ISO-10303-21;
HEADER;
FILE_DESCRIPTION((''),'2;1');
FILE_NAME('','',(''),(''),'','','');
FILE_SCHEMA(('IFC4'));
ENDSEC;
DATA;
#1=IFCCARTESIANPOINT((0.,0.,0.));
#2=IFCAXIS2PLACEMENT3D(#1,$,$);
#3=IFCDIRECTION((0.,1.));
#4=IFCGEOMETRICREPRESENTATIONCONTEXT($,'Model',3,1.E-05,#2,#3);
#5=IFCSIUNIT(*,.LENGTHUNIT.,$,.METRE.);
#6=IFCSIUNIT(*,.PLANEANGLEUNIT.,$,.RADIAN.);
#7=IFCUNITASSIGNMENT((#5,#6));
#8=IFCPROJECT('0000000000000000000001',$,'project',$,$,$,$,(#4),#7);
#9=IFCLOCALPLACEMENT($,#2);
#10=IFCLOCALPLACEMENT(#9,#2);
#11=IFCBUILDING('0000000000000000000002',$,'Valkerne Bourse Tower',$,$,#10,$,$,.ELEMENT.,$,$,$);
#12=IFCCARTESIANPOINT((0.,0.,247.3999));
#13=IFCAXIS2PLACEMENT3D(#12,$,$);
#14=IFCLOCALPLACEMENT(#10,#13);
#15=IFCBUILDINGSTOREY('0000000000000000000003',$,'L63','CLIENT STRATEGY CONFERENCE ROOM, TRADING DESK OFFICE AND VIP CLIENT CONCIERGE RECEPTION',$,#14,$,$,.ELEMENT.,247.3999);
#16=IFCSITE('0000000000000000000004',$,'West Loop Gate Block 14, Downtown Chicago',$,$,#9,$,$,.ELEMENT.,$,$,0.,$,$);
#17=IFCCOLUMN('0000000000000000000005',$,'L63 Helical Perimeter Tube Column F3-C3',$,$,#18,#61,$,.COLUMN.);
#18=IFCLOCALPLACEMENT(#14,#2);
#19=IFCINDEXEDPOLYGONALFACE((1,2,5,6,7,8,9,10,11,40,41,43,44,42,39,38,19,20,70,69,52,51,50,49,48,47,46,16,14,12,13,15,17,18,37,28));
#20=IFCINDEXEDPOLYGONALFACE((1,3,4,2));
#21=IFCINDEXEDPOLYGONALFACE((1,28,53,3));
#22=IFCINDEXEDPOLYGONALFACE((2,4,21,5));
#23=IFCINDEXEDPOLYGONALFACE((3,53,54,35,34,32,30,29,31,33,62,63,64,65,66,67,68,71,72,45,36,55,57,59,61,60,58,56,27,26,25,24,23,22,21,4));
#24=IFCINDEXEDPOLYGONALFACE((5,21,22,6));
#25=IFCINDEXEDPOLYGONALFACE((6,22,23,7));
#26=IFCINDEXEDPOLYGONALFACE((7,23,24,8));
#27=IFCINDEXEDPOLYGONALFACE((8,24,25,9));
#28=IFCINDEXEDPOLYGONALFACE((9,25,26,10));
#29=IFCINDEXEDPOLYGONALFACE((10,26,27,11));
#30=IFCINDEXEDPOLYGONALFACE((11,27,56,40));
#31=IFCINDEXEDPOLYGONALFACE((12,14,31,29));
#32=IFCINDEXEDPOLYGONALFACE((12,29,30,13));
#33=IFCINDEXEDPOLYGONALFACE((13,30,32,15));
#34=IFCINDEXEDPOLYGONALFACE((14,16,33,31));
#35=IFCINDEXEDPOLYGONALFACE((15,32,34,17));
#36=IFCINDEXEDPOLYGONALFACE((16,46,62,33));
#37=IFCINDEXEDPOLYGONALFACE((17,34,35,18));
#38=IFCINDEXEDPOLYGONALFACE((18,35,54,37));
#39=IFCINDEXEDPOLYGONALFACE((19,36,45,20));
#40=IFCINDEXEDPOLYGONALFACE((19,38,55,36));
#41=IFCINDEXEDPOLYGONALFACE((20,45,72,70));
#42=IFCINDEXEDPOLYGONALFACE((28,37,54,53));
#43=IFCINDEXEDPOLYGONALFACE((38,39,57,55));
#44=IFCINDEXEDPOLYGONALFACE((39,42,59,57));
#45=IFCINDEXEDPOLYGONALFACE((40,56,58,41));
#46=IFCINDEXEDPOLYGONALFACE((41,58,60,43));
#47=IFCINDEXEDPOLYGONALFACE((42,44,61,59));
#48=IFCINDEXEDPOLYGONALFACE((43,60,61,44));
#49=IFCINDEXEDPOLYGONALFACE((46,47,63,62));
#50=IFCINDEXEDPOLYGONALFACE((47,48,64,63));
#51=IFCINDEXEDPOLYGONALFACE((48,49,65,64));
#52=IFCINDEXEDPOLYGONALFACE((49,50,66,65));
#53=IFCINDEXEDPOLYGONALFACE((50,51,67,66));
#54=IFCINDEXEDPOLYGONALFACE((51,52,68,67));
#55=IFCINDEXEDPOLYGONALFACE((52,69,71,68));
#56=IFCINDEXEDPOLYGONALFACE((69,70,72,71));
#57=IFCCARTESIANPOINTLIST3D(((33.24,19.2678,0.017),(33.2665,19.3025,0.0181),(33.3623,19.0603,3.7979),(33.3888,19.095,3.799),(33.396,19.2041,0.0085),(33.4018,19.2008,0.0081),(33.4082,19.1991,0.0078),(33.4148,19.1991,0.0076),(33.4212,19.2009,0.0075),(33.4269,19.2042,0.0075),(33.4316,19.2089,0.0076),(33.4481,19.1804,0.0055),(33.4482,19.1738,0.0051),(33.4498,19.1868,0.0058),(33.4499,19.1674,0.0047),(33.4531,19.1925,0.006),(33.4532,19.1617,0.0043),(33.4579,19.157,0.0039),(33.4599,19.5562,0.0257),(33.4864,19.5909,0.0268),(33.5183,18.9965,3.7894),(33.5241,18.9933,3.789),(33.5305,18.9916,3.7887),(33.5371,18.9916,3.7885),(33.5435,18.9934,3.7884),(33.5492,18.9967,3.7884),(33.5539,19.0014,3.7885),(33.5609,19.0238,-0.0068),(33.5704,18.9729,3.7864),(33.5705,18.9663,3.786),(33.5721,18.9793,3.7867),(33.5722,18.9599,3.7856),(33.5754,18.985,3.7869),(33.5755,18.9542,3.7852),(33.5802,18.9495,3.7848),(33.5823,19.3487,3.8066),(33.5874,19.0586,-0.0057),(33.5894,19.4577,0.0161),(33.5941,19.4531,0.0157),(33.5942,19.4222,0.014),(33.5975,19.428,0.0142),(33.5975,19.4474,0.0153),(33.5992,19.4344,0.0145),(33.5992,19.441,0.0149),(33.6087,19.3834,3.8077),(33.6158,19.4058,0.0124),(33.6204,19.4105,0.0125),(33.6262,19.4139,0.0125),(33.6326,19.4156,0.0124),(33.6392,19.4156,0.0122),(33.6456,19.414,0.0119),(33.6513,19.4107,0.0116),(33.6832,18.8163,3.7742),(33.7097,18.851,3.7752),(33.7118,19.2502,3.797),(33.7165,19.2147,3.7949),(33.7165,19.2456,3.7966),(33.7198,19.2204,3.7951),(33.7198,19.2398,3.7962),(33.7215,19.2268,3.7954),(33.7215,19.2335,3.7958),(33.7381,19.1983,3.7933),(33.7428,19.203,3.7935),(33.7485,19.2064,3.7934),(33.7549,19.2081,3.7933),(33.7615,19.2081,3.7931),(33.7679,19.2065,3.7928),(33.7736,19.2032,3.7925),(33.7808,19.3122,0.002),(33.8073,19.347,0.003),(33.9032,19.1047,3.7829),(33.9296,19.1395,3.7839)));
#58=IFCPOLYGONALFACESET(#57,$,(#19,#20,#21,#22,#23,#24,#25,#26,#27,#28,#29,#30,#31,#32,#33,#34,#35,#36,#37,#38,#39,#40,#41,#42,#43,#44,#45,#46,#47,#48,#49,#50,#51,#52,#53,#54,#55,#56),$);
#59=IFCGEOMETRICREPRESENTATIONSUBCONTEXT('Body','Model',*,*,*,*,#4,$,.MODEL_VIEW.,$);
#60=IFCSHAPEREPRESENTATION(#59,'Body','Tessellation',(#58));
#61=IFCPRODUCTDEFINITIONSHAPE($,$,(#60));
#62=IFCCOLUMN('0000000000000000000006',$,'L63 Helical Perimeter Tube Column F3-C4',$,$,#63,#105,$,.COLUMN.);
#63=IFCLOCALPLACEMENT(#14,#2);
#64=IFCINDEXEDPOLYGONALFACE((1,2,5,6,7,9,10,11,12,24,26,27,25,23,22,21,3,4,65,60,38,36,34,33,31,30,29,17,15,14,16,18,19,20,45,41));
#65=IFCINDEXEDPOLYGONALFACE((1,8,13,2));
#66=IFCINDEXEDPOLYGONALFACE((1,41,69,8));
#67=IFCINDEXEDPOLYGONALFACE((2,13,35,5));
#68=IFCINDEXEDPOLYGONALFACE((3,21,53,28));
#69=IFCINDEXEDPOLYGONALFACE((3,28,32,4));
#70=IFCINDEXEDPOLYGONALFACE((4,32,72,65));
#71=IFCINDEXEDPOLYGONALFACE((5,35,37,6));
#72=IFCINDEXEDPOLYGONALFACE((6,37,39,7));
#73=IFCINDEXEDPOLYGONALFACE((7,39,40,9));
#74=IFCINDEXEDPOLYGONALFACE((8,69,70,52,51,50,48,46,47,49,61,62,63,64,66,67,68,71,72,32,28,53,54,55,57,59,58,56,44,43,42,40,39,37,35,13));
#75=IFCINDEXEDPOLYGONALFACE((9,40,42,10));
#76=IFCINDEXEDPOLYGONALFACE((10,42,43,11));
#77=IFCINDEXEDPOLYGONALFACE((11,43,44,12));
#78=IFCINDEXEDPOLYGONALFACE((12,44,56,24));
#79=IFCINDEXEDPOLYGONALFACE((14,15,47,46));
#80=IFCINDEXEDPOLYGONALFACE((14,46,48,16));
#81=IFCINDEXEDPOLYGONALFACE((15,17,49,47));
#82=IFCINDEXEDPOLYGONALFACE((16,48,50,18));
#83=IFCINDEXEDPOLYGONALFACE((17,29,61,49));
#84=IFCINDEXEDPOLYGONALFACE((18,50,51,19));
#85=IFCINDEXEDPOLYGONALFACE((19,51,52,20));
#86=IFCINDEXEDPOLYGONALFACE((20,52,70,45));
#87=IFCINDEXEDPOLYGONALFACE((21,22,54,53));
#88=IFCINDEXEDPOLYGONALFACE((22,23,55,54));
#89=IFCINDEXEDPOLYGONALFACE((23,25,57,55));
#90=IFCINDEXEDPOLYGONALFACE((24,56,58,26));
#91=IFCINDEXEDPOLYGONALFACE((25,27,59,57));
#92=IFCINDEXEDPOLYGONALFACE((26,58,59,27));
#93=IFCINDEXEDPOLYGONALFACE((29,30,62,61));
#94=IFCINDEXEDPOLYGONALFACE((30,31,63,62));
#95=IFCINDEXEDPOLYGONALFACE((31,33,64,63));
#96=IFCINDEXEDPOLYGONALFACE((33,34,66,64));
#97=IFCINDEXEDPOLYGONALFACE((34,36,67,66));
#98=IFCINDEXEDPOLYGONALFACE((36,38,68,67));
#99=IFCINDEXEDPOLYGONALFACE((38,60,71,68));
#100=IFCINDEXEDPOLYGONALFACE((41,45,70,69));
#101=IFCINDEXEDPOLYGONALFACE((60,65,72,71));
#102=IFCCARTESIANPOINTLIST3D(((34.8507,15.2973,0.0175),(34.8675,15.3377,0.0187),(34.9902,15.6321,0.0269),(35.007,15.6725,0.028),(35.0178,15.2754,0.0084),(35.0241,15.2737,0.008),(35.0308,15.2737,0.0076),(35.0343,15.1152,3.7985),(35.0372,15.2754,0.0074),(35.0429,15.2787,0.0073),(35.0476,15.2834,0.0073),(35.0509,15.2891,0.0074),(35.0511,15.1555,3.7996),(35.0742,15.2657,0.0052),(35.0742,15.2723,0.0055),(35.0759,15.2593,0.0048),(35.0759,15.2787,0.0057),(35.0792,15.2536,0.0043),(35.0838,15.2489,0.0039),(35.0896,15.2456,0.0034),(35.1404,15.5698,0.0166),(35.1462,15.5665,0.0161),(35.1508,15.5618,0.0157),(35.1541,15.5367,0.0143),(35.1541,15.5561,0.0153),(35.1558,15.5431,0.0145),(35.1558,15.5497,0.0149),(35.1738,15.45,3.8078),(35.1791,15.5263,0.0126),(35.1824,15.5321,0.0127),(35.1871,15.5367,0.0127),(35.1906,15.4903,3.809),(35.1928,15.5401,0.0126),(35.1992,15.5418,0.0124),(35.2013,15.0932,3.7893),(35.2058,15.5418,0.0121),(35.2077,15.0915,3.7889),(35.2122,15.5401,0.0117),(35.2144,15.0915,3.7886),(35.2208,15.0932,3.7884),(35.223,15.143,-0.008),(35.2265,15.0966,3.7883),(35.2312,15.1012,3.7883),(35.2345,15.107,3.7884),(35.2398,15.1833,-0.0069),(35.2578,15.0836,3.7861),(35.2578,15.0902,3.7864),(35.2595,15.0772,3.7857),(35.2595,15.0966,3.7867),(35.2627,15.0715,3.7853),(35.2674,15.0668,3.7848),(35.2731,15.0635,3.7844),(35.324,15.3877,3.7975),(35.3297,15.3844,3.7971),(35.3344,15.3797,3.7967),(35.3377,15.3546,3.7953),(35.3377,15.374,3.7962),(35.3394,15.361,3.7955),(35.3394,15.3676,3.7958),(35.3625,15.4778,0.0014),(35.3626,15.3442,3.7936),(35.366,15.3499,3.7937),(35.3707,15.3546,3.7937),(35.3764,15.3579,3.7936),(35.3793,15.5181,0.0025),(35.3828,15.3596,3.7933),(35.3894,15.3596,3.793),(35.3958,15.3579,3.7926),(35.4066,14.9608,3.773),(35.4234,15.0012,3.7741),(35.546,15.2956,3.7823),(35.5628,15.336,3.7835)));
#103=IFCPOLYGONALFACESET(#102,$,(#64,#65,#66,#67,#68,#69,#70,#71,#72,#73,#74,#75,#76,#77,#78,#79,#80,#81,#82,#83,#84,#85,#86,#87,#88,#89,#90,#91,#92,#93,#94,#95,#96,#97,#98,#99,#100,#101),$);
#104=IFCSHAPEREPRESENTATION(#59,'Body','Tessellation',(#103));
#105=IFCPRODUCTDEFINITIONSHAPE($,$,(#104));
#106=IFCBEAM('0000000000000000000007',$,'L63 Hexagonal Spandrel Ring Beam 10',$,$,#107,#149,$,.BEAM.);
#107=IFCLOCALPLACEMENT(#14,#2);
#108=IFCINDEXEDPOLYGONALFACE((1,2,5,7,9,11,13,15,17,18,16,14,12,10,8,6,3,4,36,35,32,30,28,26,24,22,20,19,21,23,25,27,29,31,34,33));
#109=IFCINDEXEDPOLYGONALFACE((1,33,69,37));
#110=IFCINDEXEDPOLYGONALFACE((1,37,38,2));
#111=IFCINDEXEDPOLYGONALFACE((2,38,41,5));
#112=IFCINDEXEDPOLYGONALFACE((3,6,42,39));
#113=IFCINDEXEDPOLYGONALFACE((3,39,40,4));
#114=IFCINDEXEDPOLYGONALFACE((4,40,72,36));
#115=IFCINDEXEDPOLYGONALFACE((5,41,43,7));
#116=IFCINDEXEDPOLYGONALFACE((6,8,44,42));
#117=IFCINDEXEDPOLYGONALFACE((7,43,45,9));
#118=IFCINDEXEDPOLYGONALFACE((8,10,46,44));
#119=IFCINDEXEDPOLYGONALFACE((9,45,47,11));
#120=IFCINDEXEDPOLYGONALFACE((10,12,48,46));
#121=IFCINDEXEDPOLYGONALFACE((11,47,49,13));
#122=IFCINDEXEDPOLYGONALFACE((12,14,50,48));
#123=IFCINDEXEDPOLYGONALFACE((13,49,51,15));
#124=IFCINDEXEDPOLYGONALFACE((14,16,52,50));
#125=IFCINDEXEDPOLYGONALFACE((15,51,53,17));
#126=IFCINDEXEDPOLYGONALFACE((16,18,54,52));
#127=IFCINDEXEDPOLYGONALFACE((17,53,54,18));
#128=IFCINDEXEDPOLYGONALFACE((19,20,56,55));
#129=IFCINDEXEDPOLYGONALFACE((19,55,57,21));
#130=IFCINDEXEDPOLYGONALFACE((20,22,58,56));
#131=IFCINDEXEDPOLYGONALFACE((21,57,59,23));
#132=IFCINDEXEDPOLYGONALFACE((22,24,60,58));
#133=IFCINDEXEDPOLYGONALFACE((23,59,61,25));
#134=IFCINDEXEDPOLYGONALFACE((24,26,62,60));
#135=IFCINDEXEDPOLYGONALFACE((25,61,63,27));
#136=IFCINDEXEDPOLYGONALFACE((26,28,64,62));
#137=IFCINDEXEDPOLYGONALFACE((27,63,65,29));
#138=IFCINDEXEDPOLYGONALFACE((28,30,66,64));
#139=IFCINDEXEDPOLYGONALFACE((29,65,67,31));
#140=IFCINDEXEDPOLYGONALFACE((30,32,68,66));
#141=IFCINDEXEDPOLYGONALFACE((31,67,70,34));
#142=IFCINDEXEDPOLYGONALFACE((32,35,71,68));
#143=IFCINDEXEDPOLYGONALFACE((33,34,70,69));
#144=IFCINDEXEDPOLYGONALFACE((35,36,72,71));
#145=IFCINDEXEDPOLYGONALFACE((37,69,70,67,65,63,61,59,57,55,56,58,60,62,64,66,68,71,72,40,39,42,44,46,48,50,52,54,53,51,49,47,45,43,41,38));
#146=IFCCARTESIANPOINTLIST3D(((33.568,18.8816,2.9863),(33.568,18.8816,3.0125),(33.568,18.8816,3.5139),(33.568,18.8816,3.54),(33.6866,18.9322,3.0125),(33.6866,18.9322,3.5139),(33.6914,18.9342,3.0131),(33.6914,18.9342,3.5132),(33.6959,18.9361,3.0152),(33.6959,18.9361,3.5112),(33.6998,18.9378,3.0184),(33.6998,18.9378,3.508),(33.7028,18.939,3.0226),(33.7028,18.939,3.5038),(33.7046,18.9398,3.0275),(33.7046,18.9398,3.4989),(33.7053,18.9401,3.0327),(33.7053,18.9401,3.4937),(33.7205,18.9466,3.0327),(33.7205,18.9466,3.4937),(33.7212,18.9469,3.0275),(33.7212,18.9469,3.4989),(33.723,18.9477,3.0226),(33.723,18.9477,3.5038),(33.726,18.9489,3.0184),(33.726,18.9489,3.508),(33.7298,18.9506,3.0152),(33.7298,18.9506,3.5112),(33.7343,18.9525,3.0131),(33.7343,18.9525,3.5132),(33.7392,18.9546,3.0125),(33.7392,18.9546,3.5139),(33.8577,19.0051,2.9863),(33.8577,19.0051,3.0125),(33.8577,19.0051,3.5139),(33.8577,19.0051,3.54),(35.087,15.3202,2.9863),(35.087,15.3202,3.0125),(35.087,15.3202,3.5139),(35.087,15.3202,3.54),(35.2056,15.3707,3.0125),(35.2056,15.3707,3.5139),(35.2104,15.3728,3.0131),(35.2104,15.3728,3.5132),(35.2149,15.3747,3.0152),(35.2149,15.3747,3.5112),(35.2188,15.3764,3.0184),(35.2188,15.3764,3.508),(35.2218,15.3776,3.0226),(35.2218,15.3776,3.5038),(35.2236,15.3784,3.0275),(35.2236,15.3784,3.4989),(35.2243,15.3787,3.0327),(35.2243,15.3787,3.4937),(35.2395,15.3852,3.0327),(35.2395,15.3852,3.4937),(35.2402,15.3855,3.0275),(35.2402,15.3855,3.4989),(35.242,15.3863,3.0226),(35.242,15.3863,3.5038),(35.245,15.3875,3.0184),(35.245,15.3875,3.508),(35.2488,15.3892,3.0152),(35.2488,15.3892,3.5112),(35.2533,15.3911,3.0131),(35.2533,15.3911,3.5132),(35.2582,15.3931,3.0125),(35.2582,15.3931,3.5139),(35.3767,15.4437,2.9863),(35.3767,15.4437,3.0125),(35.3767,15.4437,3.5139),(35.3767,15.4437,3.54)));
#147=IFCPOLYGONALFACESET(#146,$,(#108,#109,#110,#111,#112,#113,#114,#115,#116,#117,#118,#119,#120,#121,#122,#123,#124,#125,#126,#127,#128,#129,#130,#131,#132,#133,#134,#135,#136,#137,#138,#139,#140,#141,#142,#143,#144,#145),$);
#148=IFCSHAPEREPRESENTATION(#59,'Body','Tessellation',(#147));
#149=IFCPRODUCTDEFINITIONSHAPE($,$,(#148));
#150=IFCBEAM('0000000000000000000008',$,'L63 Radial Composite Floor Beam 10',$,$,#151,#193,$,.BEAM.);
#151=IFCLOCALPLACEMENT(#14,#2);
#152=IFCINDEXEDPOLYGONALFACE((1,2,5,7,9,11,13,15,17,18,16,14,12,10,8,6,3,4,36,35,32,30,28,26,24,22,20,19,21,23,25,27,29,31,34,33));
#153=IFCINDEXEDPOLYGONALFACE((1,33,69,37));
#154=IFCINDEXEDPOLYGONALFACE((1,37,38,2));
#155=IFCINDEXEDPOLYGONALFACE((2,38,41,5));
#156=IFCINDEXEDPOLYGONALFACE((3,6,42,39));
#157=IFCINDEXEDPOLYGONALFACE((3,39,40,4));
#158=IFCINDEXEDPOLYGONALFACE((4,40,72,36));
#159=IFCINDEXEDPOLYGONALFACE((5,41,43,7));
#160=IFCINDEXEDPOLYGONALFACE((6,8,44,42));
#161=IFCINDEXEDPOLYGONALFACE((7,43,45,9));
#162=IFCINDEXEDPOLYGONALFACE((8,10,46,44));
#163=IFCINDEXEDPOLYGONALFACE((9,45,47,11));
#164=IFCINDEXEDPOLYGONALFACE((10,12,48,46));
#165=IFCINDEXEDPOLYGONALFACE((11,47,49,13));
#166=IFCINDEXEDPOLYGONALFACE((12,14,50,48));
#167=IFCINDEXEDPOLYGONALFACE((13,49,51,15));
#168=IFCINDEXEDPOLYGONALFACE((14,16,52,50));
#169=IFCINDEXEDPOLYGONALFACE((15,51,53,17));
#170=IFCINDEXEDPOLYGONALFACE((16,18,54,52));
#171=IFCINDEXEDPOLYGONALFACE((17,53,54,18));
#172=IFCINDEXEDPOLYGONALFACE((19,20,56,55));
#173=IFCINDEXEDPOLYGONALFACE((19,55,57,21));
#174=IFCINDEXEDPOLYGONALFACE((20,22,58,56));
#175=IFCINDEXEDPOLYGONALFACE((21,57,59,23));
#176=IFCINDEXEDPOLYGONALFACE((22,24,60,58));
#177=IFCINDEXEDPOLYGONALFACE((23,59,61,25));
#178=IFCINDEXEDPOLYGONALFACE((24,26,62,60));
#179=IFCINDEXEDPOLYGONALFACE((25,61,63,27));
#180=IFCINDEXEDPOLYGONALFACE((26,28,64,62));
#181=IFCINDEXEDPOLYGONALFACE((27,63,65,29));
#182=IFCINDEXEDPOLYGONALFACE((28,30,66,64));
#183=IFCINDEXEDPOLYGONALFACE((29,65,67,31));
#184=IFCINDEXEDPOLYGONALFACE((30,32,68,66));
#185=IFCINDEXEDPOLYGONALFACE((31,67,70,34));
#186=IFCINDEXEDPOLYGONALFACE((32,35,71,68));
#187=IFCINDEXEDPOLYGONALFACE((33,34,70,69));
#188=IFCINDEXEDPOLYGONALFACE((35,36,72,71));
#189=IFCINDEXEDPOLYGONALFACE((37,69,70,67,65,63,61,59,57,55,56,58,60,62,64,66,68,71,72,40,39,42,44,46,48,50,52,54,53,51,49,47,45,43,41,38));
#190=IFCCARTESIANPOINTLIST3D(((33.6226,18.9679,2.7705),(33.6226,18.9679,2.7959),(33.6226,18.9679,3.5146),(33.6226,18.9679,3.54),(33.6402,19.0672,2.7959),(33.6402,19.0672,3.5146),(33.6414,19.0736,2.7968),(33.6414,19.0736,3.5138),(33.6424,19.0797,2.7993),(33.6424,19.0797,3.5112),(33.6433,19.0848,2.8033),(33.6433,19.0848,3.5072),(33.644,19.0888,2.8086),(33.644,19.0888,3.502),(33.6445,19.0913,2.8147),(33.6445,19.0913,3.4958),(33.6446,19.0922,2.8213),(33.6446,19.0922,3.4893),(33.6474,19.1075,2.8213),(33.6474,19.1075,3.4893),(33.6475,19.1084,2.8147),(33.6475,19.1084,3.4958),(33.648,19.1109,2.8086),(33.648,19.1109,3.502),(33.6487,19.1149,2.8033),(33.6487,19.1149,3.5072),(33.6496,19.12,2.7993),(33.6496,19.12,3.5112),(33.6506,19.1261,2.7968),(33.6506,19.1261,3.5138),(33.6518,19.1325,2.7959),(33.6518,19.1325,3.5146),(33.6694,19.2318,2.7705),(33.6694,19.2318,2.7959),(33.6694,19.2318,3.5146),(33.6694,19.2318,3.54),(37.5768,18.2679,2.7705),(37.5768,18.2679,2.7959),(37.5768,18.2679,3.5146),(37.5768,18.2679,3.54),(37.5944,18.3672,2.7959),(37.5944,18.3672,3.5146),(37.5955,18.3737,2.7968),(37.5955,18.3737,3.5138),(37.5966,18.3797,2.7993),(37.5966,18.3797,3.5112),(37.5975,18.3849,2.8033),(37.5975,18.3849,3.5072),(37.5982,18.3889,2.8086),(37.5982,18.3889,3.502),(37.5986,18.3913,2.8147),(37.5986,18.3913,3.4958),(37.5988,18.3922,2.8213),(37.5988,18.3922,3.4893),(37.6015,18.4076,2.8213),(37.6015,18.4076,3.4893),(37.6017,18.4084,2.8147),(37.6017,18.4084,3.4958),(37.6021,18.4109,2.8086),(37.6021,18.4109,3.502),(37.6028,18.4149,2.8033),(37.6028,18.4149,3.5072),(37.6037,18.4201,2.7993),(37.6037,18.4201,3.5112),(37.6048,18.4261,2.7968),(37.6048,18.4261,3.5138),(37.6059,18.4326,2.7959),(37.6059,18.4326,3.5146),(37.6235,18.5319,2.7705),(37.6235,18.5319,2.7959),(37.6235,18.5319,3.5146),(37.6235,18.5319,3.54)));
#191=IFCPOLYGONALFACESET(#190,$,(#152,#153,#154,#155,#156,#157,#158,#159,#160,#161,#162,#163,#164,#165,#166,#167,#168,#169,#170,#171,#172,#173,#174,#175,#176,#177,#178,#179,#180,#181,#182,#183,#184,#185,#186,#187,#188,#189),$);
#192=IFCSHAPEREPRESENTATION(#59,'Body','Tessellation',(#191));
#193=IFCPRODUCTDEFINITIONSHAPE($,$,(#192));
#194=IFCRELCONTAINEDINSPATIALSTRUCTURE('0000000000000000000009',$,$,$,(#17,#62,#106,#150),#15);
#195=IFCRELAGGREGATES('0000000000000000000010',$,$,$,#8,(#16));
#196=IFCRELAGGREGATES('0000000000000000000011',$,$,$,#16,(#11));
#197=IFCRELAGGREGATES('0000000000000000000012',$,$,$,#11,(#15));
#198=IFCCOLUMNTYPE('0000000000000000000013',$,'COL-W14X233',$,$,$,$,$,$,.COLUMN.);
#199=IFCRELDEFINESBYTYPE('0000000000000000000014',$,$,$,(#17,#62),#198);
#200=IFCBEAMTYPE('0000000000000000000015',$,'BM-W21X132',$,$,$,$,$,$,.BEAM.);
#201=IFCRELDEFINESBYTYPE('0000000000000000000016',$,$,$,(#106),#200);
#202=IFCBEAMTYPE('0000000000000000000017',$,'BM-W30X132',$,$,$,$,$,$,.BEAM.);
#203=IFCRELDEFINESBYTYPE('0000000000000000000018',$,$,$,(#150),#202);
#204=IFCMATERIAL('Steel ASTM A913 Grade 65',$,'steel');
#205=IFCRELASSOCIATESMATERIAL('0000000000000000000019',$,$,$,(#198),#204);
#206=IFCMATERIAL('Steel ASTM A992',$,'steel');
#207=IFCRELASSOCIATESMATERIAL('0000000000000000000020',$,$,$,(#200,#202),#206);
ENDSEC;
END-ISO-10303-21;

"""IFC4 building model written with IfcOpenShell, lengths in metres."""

from ifc_helpers import new_model, si_unit, direction, frame, origin, origin_2d, place, context, subcontext, project, spatial, i_section, extrude, material, material_profile, profile_set, type_object, element, save


model = new_model("IFC4")

# Units and contexts
model_context = context("Model", 3, precision=1e-05, world=origin(), true_north=direction((0.0, 1.0)))
body_context = subcontext(model_context, "Body", "Model", "MODEL_VIEW")
ifc_project = project(units=[si_unit("LENGTHUNIT", "METRE"), si_unit("PLANEANGLEUNIT", "RADIAN")], contexts=[model_context])

# Site, building, storey
site_placement = place(None, origin())
site = spatial("IfcSite", under=ifc_project, at=site_placement, Name="West Loop Gate Block 14, Downtown Chicago", CompositionType="ELEMENT", RefElevation=0.0)
building_placement = place(site_placement, origin())
building = spatial("IfcBuilding", under=site, at=building_placement, Name="Valkerne Bourse Tower", CompositionType="ELEMENT")
storey_placement = place(building_placement, frame((0.0, 0.0, 247.3999)))
storey = spatial("IfcBuildingStorey", under=building, at=storey_placement, Name="L63", Description="CLIENT STRATEGY CONFERENCE ROOM, TRADING DESK OFFICE AND VIP CLIENT CONCIERGE RECEPTION", CompositionType="ELEMENT", Elevation=247.3999)

# Columns
ifc_material_1 = material(Name="Steel ASTM A913 Grade 65", Category="steel")
ifc_material_profile_1 = material_profile(ifc_material_1, i_section(OverallWidth=0.4038, OverallDepth=0.4065, WebThickness=0.0271, FlangeThickness=0.0437, FilletRadius=0.0254, at=origin_2d()), Name="W14X233")
ifc_profile_set_1 = profile_set([ifc_material_profile_1], Name="Steel ASTM A913 Grade 65")
column_type = type_object("IfcColumnType", Name="COL-W14X233", PredefinedType="COLUMN", material=ifc_profile_set_1)
column_1_placement = place(storey_placement, frame((33.5237, 19.3074, 0.01), z_axis=(0.032284, -0.054774, 0.997977), x_axis=(0.794687, -0.604158, -0.058867)))
element("IfcColumn", 1, at=column_1_placement, inside=storey, type_object=column_type, Name="L63 Helical Perimeter Tube Column F3-C3", PredefinedType="COLUMN", context=body_context, shape_type="SweptSolid", body=[
    extrude(i_section(OverallWidth=0.4038, OverallDepth=0.4065, WebThickness=0.0271, FlangeThickness=0.0437, FilletRadius=0.0254, at=origin_2d()), origin(), (0.0, 0.0, 1.0), 3.7886),
])
column_2_placement = place(storey_placement, frame((35.115, 15.4077, 0.01), z_axis=(0.048444, -0.048057, 0.997669), x_axis=(0.921876, -0.3823, -0.063179)))
element("IfcColumn", 2, at=column_2_placement, inside=storey, type_object=column_type, Name="L63 Helical Perimeter Tube Column F3-C4", PredefinedType="COLUMN", context=body_context, shape_type="SweptSolid", body=[
    extrude(i_section(OverallWidth=0.4038, OverallDepth=0.4065, WebThickness=0.0271, FlangeThickness=0.0437, FilletRadius=0.0254, at=origin_2d()), origin(), (0.0, 0.0, 1.0), 3.7898),
])

# Beams
ifc_material_2 = material(Name="Steel ASTM A992", Category="steel")
ifc_material_profile_2 = material_profile(ifc_material_2, i_section(OverallWidth=0.3149, OverallDepth=0.5537, WebThickness=0.0166, FlangeThickness=0.0261, FilletRadius=0.0203, at=origin_2d()), Name="W21X132")
ifc_profile_set_2 = profile_set([ifc_material_profile_2], Name="Steel ASTM A992")
beam_type_1 = type_object("IfcBeamType", Name="BM-W21X132", PredefinedType="BEAM", material=ifc_profile_set_2)
beam_1_placement = place(storey_placement, frame((33.7129, 18.9434, 3.2632), z_axis=(0.392321, -0.919829, 0.0), x_axis=(0.919829, 0.392321, 0.0)))
element("IfcBeam", 3, at=beam_1_placement, inside=storey, type_object=beam_type_1, Name="L63 Hexagonal Spandrel Ring Beam 10", PredefinedType="BEAM", context=body_context, shape_type="SweptSolid", body=[
    extrude(i_section(OverallWidth=0.3149, OverallDepth=0.5537, WebThickness=0.0166, FlangeThickness=0.0261, FilletRadius=0.0203, at=origin_2d()), origin(), (0.0, 0.0, 1.0), 3.8718),
])
ifc_material_profile_3 = material_profile(ifc_material_2, i_section(OverallWidth=0.2681, OverallDepth=0.7695, WebThickness=0.0156, FlangeThickness=0.0254, FilletRadius=0.0254, at=origin_2d()), Name="W30X132")
ifc_profile_set_3 = profile_set([ifc_material_profile_3], Name="Steel ASTM A992")
beam_type_2 = type_object("IfcBeamType", Name="BM-W30X132", PredefinedType="BEAM", material=ifc_profile_set_3)
beam_2_placement = place(storey_placement, frame((33.646, 19.0999, 3.1553), z_axis=(0.984691, -0.174309, 0.0), x_axis=(0.174309, 0.984691, 0.0)))
element("IfcBeam", 4, at=beam_2_placement, inside=storey, type_object=beam_type_2, Name="L63 Radial Composite Floor Beam 10", PredefinedType="BEAM", context=body_context, shape_type="SweptSolid", body=[
    extrude(i_section(OverallWidth=0.2681, OverallDepth=0.7695, WebThickness=0.0156, FlangeThickness=0.0254, FilletRadius=0.0254, at=origin_2d()), origin(), (0.0, 0.0, 1.0), 4.0156),
])

save(model, "model.ifc")
